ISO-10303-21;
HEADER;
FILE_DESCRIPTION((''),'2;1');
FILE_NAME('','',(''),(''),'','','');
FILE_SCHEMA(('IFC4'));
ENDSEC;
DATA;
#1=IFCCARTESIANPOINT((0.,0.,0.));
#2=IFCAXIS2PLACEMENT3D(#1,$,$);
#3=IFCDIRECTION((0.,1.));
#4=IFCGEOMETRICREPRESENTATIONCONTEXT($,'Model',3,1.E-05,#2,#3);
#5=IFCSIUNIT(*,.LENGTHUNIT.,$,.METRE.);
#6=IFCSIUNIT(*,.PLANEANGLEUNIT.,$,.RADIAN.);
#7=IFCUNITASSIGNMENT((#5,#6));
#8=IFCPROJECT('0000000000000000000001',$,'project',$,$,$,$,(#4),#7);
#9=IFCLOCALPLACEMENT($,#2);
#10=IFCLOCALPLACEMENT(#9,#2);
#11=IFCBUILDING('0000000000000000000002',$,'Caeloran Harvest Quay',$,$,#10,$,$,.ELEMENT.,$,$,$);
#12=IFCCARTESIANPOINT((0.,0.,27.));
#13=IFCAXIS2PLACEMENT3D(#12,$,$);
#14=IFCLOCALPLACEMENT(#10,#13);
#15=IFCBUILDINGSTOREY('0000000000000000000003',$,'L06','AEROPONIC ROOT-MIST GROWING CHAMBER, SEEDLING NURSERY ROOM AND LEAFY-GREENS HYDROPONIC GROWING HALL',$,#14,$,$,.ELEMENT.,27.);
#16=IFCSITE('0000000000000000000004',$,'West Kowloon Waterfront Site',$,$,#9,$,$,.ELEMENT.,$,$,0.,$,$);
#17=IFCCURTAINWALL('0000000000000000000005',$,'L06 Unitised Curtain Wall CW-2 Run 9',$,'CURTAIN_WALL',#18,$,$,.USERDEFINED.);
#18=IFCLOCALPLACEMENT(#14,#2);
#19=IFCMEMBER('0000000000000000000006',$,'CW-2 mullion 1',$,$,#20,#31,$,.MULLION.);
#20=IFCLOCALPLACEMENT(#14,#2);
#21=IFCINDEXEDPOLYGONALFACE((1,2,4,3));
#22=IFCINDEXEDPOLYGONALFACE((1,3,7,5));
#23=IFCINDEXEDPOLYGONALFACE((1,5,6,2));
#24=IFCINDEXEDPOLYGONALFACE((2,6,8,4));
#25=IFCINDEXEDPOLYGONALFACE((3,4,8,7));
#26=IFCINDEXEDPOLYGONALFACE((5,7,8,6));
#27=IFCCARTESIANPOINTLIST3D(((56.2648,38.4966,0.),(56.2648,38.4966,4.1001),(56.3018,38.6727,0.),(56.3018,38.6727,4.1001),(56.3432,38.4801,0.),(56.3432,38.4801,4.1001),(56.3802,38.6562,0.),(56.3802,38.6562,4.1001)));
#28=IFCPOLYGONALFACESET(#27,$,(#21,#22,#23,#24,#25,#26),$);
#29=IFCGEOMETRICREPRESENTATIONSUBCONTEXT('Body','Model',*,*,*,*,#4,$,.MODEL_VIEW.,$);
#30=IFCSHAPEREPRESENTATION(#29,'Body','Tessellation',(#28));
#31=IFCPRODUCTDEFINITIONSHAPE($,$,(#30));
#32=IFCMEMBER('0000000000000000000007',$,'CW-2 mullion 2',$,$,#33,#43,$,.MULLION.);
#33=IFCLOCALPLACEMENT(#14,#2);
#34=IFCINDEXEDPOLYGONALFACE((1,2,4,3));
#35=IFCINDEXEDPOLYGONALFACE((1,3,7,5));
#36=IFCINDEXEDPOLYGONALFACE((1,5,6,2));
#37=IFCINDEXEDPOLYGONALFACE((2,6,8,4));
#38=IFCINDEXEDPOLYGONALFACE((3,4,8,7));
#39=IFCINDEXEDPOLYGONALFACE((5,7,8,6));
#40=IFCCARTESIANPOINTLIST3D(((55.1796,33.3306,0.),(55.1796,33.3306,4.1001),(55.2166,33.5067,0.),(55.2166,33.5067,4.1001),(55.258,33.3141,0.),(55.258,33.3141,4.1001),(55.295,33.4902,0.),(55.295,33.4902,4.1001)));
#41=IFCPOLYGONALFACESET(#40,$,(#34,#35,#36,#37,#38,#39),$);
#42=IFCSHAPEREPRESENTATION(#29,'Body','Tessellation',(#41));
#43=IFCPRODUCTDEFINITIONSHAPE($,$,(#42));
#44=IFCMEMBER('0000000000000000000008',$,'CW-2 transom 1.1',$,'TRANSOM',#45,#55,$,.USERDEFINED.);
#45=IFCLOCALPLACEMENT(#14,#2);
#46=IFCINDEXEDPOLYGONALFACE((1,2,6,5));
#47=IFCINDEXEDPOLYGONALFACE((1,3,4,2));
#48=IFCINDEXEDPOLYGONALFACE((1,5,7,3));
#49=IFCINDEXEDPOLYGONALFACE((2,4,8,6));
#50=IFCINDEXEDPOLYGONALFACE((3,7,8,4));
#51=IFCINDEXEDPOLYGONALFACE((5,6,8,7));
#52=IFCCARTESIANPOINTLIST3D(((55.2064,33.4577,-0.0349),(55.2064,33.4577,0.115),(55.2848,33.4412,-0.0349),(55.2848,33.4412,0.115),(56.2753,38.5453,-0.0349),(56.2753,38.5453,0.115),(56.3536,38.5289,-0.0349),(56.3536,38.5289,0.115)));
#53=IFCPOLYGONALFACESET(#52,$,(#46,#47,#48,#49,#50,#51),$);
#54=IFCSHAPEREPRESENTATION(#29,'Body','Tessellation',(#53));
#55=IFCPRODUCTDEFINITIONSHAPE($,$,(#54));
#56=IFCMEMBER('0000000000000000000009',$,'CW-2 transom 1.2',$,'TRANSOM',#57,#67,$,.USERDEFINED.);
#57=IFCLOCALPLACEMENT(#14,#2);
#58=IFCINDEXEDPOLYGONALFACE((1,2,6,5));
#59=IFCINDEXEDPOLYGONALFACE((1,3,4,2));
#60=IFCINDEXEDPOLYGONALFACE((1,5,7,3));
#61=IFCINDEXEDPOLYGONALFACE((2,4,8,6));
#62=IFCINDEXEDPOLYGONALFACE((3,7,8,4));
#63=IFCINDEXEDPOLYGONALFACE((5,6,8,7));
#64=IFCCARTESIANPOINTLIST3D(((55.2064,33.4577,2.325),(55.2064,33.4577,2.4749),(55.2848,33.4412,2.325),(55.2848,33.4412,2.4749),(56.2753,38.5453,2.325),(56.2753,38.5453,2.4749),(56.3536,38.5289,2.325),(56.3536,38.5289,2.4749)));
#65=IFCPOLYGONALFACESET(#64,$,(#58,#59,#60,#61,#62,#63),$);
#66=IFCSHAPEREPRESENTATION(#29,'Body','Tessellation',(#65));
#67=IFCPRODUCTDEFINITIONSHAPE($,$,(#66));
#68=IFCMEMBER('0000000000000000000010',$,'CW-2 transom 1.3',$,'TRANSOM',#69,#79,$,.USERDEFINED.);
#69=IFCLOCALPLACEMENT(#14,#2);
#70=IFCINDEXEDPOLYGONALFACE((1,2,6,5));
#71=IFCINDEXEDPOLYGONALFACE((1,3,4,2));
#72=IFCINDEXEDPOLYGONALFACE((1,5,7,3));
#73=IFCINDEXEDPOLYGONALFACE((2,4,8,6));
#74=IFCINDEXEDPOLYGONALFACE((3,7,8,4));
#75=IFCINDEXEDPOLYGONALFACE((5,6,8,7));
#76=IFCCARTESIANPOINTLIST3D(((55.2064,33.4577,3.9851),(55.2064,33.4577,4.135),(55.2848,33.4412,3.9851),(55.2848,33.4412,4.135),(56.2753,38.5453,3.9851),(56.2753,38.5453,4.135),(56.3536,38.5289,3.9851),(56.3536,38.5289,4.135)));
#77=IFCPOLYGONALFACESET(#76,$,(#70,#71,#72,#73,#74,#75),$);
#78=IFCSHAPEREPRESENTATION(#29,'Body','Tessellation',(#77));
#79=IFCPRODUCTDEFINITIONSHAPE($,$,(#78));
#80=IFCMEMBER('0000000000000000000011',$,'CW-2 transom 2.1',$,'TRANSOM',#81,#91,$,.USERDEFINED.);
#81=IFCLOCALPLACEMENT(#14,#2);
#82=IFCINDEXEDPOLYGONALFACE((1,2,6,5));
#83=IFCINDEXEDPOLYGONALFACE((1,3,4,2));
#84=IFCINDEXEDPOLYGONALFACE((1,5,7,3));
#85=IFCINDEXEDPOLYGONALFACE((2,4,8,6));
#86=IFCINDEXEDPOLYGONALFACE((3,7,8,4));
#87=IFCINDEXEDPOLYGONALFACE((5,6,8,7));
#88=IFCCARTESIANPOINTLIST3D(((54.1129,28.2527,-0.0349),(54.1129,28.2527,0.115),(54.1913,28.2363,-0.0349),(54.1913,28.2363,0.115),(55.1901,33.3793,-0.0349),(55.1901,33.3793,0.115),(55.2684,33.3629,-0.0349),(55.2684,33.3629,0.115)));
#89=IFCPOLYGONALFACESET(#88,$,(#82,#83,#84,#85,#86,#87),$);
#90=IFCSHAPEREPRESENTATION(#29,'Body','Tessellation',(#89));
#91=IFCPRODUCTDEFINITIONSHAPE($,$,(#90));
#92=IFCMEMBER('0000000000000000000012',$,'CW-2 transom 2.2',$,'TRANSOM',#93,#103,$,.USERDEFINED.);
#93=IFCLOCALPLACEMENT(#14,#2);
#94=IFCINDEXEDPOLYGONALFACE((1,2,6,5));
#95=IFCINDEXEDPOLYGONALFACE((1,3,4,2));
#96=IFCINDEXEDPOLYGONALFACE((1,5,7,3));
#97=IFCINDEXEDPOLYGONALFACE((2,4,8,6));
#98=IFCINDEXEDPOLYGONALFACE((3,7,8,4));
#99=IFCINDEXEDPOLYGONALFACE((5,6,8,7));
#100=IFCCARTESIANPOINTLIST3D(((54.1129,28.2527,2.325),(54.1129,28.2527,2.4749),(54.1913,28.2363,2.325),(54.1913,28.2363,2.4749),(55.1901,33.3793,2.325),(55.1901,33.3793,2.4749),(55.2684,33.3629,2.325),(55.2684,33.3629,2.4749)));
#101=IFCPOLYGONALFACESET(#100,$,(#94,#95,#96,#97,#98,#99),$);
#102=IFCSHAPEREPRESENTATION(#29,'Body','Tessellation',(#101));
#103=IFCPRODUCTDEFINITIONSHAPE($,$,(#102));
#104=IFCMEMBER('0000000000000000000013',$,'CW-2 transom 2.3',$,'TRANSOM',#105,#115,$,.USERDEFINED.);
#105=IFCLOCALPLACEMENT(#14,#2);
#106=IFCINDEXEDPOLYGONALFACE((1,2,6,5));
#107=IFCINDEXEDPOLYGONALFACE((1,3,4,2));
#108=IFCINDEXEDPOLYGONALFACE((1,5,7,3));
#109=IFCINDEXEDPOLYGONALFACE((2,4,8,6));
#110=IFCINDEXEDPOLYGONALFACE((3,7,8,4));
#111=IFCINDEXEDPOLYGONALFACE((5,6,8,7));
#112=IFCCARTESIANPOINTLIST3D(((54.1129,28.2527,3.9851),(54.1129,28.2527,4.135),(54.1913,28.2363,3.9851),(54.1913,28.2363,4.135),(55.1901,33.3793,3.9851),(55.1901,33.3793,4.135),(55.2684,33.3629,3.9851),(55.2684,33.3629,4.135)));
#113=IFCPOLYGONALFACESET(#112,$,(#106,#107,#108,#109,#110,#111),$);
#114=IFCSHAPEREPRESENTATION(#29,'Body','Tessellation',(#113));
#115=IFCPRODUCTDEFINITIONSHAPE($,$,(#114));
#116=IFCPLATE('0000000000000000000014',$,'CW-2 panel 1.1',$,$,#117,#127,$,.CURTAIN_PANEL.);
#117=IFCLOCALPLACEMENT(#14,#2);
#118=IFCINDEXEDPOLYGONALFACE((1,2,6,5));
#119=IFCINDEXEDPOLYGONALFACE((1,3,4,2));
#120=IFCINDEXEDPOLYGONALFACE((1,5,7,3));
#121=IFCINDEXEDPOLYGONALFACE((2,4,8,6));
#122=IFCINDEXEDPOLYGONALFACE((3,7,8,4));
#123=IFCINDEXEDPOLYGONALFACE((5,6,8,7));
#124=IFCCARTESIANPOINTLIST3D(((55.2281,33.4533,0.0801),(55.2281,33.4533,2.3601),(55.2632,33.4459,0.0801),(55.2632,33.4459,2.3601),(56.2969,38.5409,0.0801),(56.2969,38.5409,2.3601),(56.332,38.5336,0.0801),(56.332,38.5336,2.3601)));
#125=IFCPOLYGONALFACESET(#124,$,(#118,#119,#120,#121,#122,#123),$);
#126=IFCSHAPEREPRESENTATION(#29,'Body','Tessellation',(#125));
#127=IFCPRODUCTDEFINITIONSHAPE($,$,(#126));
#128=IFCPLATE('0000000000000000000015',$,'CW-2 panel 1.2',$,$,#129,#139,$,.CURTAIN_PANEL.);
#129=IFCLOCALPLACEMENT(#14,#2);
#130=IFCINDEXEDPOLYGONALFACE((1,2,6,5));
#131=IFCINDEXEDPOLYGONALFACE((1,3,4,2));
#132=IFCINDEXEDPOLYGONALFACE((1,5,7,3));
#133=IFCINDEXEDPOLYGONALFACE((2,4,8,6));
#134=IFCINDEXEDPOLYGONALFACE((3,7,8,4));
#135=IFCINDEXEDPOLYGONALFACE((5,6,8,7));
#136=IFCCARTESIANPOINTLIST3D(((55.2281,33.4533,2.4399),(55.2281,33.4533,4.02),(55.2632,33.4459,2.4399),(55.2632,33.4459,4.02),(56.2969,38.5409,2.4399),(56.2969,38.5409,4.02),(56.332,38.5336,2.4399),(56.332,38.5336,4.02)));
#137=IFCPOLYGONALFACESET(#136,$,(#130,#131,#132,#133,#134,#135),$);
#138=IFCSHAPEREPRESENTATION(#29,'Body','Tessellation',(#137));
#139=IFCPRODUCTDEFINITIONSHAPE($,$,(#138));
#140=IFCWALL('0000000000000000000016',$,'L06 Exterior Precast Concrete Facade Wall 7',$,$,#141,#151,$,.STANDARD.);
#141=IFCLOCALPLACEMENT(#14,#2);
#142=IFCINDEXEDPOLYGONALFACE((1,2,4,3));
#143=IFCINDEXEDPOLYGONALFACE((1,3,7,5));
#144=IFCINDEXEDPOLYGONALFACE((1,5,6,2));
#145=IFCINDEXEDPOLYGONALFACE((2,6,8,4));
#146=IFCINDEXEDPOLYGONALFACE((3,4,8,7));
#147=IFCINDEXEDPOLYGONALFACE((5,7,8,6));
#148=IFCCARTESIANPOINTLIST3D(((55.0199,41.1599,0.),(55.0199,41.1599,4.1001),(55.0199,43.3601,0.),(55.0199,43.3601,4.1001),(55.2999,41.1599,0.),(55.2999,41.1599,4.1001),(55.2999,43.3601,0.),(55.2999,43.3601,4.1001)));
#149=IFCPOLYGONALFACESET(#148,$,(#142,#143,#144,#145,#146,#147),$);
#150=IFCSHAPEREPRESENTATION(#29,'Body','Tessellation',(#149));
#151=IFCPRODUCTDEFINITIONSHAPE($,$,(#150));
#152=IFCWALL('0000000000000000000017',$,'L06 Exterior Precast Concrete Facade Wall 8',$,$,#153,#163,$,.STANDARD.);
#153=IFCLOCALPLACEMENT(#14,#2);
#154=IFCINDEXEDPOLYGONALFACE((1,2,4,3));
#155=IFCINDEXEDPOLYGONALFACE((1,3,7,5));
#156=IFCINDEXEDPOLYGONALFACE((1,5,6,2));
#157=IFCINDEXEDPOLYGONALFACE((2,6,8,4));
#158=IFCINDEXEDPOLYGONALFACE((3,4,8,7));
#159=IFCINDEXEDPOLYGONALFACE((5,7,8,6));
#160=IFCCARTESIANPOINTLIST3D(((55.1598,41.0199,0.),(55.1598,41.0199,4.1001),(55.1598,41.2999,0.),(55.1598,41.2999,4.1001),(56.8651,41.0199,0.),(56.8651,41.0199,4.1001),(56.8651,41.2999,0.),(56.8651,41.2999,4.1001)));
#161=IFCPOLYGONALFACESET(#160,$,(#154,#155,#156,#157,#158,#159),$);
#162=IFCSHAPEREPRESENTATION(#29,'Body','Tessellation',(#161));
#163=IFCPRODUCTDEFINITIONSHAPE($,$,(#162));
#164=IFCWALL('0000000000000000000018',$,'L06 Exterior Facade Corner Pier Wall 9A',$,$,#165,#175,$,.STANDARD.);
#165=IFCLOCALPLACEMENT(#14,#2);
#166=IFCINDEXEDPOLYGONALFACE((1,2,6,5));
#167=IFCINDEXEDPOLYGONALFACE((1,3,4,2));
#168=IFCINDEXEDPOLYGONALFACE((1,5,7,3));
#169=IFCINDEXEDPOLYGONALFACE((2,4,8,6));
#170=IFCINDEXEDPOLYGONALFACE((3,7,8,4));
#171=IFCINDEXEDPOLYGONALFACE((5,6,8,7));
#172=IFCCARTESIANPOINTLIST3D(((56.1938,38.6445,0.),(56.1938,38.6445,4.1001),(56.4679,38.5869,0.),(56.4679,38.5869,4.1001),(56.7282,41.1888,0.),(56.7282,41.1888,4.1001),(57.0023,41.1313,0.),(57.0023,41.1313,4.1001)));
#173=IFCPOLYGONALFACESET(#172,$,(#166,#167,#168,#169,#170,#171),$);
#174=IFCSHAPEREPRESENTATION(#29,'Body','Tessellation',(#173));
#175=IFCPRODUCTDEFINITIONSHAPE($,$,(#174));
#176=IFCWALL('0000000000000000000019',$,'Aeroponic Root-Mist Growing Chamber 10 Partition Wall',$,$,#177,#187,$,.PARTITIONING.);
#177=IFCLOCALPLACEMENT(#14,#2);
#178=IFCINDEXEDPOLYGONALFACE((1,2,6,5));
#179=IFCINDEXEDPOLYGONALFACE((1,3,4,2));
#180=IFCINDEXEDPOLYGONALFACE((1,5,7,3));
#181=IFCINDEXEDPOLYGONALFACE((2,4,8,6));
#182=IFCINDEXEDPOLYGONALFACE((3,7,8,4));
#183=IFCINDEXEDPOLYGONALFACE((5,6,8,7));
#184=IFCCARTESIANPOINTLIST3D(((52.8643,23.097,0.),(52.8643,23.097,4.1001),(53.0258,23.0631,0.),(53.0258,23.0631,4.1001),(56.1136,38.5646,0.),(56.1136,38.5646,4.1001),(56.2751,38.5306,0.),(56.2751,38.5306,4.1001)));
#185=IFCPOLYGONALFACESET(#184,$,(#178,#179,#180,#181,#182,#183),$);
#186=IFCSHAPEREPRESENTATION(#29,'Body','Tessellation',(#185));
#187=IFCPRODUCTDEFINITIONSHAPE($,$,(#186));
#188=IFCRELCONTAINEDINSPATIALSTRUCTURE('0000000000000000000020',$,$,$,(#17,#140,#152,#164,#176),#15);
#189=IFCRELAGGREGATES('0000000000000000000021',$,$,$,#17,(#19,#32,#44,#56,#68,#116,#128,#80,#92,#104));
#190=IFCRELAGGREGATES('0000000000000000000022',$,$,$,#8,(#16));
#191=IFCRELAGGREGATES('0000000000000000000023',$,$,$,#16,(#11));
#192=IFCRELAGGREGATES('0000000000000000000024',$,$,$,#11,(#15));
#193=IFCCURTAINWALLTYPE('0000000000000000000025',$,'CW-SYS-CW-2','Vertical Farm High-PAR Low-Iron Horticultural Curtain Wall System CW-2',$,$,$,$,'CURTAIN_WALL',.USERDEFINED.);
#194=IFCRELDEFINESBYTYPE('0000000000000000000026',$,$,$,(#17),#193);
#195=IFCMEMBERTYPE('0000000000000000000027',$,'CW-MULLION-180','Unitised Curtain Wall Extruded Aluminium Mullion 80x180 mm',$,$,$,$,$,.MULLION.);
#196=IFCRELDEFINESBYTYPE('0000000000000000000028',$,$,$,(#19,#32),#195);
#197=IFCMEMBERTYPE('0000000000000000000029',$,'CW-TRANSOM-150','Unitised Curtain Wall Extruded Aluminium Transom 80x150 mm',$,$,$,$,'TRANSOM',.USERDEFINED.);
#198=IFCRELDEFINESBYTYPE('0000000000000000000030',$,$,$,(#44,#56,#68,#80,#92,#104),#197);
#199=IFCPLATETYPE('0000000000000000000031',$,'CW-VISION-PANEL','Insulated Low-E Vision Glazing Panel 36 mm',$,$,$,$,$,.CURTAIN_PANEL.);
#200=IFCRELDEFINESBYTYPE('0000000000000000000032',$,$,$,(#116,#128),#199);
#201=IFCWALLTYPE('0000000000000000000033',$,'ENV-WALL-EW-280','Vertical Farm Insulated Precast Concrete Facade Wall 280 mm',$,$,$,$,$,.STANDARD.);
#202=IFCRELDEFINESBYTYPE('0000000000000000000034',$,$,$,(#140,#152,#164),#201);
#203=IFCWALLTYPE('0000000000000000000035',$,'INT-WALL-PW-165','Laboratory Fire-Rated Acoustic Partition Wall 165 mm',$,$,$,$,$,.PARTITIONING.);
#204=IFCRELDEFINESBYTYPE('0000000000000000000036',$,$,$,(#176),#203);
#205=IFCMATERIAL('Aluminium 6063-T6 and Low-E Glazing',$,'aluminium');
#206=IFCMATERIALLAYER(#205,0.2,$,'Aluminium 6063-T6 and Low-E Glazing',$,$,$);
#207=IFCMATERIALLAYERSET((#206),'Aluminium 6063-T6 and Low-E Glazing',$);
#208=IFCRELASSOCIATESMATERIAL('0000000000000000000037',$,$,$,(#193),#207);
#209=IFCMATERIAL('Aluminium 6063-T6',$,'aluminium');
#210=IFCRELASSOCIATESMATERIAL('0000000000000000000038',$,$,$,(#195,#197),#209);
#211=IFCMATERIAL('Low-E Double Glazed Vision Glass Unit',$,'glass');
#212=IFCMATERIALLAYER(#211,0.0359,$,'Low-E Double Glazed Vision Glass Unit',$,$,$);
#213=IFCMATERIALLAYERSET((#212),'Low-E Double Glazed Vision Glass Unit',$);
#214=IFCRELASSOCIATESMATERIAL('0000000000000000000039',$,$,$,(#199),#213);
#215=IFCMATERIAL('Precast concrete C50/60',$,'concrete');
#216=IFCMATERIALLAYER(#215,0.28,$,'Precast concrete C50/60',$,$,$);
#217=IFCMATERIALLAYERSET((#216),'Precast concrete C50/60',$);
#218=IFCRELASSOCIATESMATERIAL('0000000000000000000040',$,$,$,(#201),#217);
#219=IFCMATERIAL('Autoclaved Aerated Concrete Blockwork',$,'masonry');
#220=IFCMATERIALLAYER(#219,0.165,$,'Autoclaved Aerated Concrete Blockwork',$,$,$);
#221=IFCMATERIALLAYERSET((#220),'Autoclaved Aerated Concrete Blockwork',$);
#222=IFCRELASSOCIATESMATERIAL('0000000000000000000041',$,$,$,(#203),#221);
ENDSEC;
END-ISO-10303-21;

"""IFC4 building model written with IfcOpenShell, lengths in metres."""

from ifc_helpers import new_model, si_unit, direction, frame, frame_2d, origin, origin_2d, place, context, subcontext, project, spatial, rectangle, extrude, material, layer, layer_set, material_profile, profile_set, type_object, element, aggregate, save


model = new_model("IFC4")

# Units and contexts
model_context = context("Model", 3, precision=1e-05, world=origin(), true_north=direction((0.0, 1.0)))
body_context = subcontext(model_context, "Body", "Model", "MODEL_VIEW")
ifc_project = project(units=[si_unit("LENGTHUNIT", "METRE"), si_unit("PLANEANGLEUNIT", "RADIAN")], contexts=[model_context])

# Site, building, storey
site_placement = place(None, origin())
site = spatial("IfcSite", under=ifc_project, at=site_placement, Name="West Kowloon Waterfront Site", CompositionType="ELEMENT", RefElevation=0.0)
building_placement = place(site_placement, origin())
building = spatial("IfcBuilding", under=site, at=building_placement, Name="Caeloran Harvest Quay", CompositionType="ELEMENT")
storey_placement = place(building_placement, frame((0.0, 0.0, 27.0)))
storey = spatial("IfcBuildingStorey", under=building, at=storey_placement, Name="L06", Description="AEROPONIC ROOT-MIST GROWING CHAMBER, SEEDLING NURSERY ROOM AND LEAFY-GREENS HYDROPONIC GROWING HALL", CompositionType="ELEMENT", Elevation=27.0)

# Curtain wall, members, plates
ifc_material_1 = material(Name="Aluminium 6063-T6 and Low-E Glazing", Category="aluminium")
ifc_layer_1 = layer(ifc_material_1, 0.2, Name="Aluminium 6063-T6 and Low-E Glazing")
ifc_layer_set_1 = layer_set([ifc_layer_1], Name="Aluminium 6063-T6 and Low-E Glazing")
curtain_wall_type = type_object("IfcCurtainWallType", Name="CW-SYS-CW-2", Description="Vertical Farm High-PAR Low-Iron Horticultural Curtain Wall System CW-2", ElementType="CURTAIN_WALL", PredefinedType="USERDEFINED", material=ifc_layer_set_1)
curtain_wall_placement = place(storey_placement, origin())
curtain_wall = element("IfcCurtainWall", 1, at=curtain_wall_placement, inside=storey, type_object=curtain_wall_type, Name="L06 Unitised Curtain Wall CW-2 Run 9", ObjectType="CURTAIN_WALL", PredefinedType="USERDEFINED")
ifc_material_2 = material(Name="Aluminium 6063-T6", Category="aluminium")
ifc_material_profile_1 = material_profile(ifc_material_2, rectangle(XDim=0.0801, YDim=0.1799, at=origin_2d()), Name="CW-MULLION-180")
ifc_profile_set_1 = profile_set([ifc_material_profile_1], Name="Aluminium 6063-T6")
member_type_1 = type_object("IfcMemberType", Name="CW-MULLION-180", Description="Unitised Curtain Wall Extruded Aluminium Mullion 80x180 mm", PredefinedType="MULLION", material=ifc_profile_set_1)
member_1_placement = place(storey_placement, frame((56.3225, 38.5764, 0.0), z_axis=(0.0, 0.0, 1.0), x_axis=(0.97864, -0.205583, 0.0)))
member_1 = element("IfcMember", 2, at=member_1_placement, type_object=member_type_1, Name="CW-2 mullion 1", PredefinedType="MULLION", context=body_context, shape_type="SweptSolid", body=[
    extrude(rectangle(XDim=0.0801, YDim=0.1799, at=origin_2d()), origin(), (0.0, 0.0, 1.0), 4.1001),
])
member_2_placement = place(storey_placement, frame((55.2373, 33.4104, 0.0), z_axis=(0.0, 0.0, 1.0), x_axis=(0.97864, -0.205583, 0.0)))
member_2 = element("IfcMember", 3, at=member_2_placement, type_object=member_type_1, Name="CW-2 mullion 2", PredefinedType="MULLION", context=body_context, shape_type="SweptSolid", body=[
    extrude(rectangle(XDim=0.0801, YDim=0.1799, at=origin_2d()), origin(), (0.0, 0.0, 1.0), 4.1001),
])
ifc_material_profile_2 = material_profile(ifc_material_2, rectangle(XDim=0.0801, YDim=0.1499, at=origin_2d()), Name="CW-TRANSOM-150")
ifc_profile_set_2 = profile_set([ifc_material_profile_2], Name="Aluminium 6063-T6")
member_type_2 = type_object("IfcMemberType", Name="CW-TRANSOM-150", Description="Unitised Curtain Wall Extruded Aluminium Transom 80x150 mm", ElementType="TRANSOM", PredefinedType="USERDEFINED", material=ifc_profile_set_2)
member_3_placement = place(storey_placement, frame((56.3145, 38.5371, 0.04), z_axis=(-0.205599, -0.978636, 0.0), x_axis=(0.978636, -0.205599, 0.0)))
member_3 = element("IfcMember", 4, at=member_3_placement, type_object=member_type_2, Name="CW-2 transom 1.1", ObjectType="TRANSOM", PredefinedType="USERDEFINED", context=body_context, shape_type="SweptSolid", body=[
    extrude(rectangle(XDim=0.0801, YDim=0.1499, at=origin_2d()), origin(), (0.0, 0.0, 1.0), 5.1987),
])
member_4_placement = place(storey_placement, frame((56.3145, 38.5371, 2.3999), z_axis=(-0.205599, -0.978636, 0.0), x_axis=(0.978636, -0.205599, 0.0)))
member_4 = element("IfcMember", 5, at=member_4_placement, type_object=member_type_2, Name="CW-2 transom 1.2", ObjectType="TRANSOM", PredefinedType="USERDEFINED", context=body_context, shape_type="SweptSolid", body=[
    extrude(rectangle(XDim=0.0801, YDim=0.1499, at=origin_2d()), origin(), (0.0, 0.0, 1.0), 5.1987),
])
member_5_placement = place(storey_placement, frame((56.3145, 38.5371, 4.0601), z_axis=(-0.205599, -0.978636, 0.0), x_axis=(0.978636, -0.205599, 0.0)))
member_5 = element("IfcMember", 6, at=member_5_placement, type_object=member_type_2, Name="CW-2 transom 1.3", ObjectType="TRANSOM", PredefinedType="USERDEFINED", context=body_context, shape_type="SweptSolid", body=[
    extrude(rectangle(XDim=0.0801, YDim=0.1499, at=origin_2d()), origin(), (0.0, 0.0, 1.0), 5.1987),
])
member_6_placement = place(storey_placement, frame((55.2292, 33.3711, 0.04), z_axis=(-0.205616, -0.978633, 0.0), x_axis=(0.978633, -0.205616, 0.0)))
member_6 = element("IfcMember", 7, at=member_6_placement, type_object=member_type_2, Name="CW-2 transom 2.1", ObjectType="TRANSOM", PredefinedType="USERDEFINED", context=body_context, shape_type="SweptSolid", body=[
    extrude(rectangle(XDim=0.0801, YDim=0.1499, at=origin_2d()), origin(), (0.0, 0.0, 1.0), 5.2385),
])
member_7_placement = place(storey_placement, frame((55.2292, 33.3711, 2.3999), z_axis=(-0.205616, -0.978633, 0.0), x_axis=(0.978633, -0.205616, 0.0)))
member_7 = element("IfcMember", 8, at=member_7_placement, type_object=member_type_2, Name="CW-2 transom 2.2", ObjectType="TRANSOM", PredefinedType="USERDEFINED", context=body_context, shape_type="SweptSolid", body=[
    extrude(rectangle(XDim=0.0801, YDim=0.1499, at=origin_2d()), origin(), (0.0, 0.0, 1.0), 5.2385),
])
member_8_placement = place(storey_placement, frame((55.2292, 33.3711, 4.0601), z_axis=(-0.205616, -0.978633, 0.0), x_axis=(0.978633, -0.205616, 0.0)))
member_8 = element("IfcMember", 9, at=member_8_placement, type_object=member_type_2, Name="CW-2 transom 2.3", ObjectType="TRANSOM", PredefinedType="USERDEFINED", context=body_context, shape_type="SweptSolid", body=[
    extrude(rectangle(XDim=0.0801, YDim=0.1499, at=origin_2d()), origin(), (0.0, 0.0, 1.0), 5.2385),
])
ifc_material_3 = material(Name="Low-E Double Glazed Vision Glass Unit", Category="glass")
ifc_layer_2 = layer(ifc_material_3, 0.0359, Name="Low-E Double Glazed Vision Glass Unit")
ifc_layer_set_2 = layer_set([ifc_layer_2], Name="Low-E Double Glazed Vision Glass Unit")
plate_type = type_object("IfcPlateType", Name="CW-VISION-PANEL", Description="Insulated Low-E Vision Glazing Panel 36 mm", PredefinedType="CURTAIN_PANEL", material=ifc_layer_set_2)
plate_1_placement = place(storey_placement, frame((55.78, 35.9934, 0.0801), z_axis=(0.0, 0.0, 1.0), x_axis=(-0.205583, -0.97864, 0.0)))
plate_1 = element("IfcPlate", 10, at=plate_1_placement, type_object=plate_type, Name="CW-2 panel 1.1", PredefinedType="CURTAIN_PANEL", context=body_context, shape_type="SweptSolid", body=[
    extrude(rectangle(XDim=5.1987, YDim=0.0359, at=origin_2d()), origin(), (0.0, 0.0, 1.0), 2.28),
])
plate_2_placement = place(storey_placement, frame((55.78, 35.9934, 2.4399), z_axis=(0.0, 0.0, 1.0), x_axis=(-0.205583, -0.97864, 0.0)))
plate_2 = element("IfcPlate", 11, at=plate_2_placement, type_object=plate_type, Name="CW-2 panel 1.2", PredefinedType="CURTAIN_PANEL", context=body_context, shape_type="SweptSolid", body=[
    extrude(rectangle(XDim=5.1987, YDim=0.0359, at=origin_2d()), origin(), (0.0, 0.0, 1.0), 1.5801),
])
aggregate(curtain_wall, [member_1, member_2, member_3, member_4, member_5, plate_1, plate_2, member_6, member_7, member_8])

# Walls
ifc_material_4 = material(Name="Precast concrete C50/60", Category="concrete")
ifc_layer_3 = layer(ifc_material_4, 0.28, Name="Precast concrete C50/60")
ifc_layer_set_3 = layer_set([ifc_layer_3], Name="Precast concrete C50/60")
wall_type_1 = type_object("IfcWallType", Name="ENV-WALL-EW-280", Description="Vertical Farm Insulated Precast Concrete Facade Wall 280 mm", PredefinedType="STANDARD", material=ifc_layer_set_3)
wall_1_placement = place(storey_placement, frame((55.1599, 43.3601, 0.0), z_axis=(0.0, 0.0, 1.0), x_axis=(0.0, -1.0, 0.0)))
element("IfcWall", 12, at=wall_1_placement, inside=storey, type_object=wall_type_1, Name="L06 Exterior Precast Concrete Facade Wall 7", PredefinedType="STANDARD", context=body_context, shape_type="SweptSolid", body=[
    extrude(rectangle(XDim=2.2002, YDim=0.28, at=frame_2d((1.1001, 0.0))), origin(), (0.0, 0.0, 1.0), 4.1001),
])
wall_2_placement = place(storey_placement, frame((55.1599, 41.1599, 0.0), z_axis=(0.0, 0.0, 1.0), x_axis=(1.0, 0.0, 0.0)))
element("IfcWall", 13, at=wall_2_placement, inside=storey, type_object=wall_type_1, Name="L06 Exterior Precast Concrete Facade Wall 8", PredefinedType="STANDARD", context=body_context, shape_type="SweptSolid", body=[
    extrude(rectangle(XDim=1.7053, YDim=0.28, at=frame_2d((0.8525, 0.0))), origin(), (0.0, 0.0, 1.0), 4.1001),
])
wall_3_placement = place(storey_placement, frame((56.8652, 41.1599, 0.0), z_axis=(0.0, 0.0, 1.0), x_axis=(-0.205551, -0.978646, 0.0)))
element("IfcWall", 14, at=wall_3_placement, inside=storey, type_object=wall_type_1, Name="L06 Exterior Facade Corner Pier Wall 9A", PredefinedType="STANDARD", context=body_context, shape_type="SweptSolid", body=[
    extrude(rectangle(XDim=2.5999, YDim=0.28, at=frame_2d((1.2998, 0.0))), origin(), (0.0, 0.0, 1.0), 4.1001),
])
ifc_material_5 = material(Name="Autoclaved Aerated Concrete Blockwork", Category="masonry")
ifc_layer_4 = layer(ifc_material_5, 0.165, Name="Autoclaved Aerated Concrete Blockwork")
ifc_layer_set_4 = layer_set([ifc_layer_4], Name="Autoclaved Aerated Concrete Blockwork")
wall_type_2 = type_object("IfcWallType", Name="INT-WALL-PW-165", Description="Laboratory Fire-Rated Acoustic Partition Wall 165 mm", PredefinedType="PARTITIONING", material=ifc_layer_set_4)
wall_4_placement = place(storey_placement, frame((56.1943, 38.5476, 0.0), z_axis=(0.0, 0.0, 1.0), x_axis=(-0.205583, -0.97864, 0.0)))
element("IfcWall", 15, at=wall_4_placement, inside=storey, type_object=wall_type_2, Name="Aeroponic Root-Mist Growing Chamber 10 Partition Wall", PredefinedType="PARTITIONING", context=body_context, shape_type="SweptSolid", body=[
    extrude(rectangle(XDim=15.8052, YDim=0.165, at=frame_2d((7.9026, 0.0))), origin(), (0.0, 0.0, 1.0), 4.1001),
])

save(model, "model.ifc")
